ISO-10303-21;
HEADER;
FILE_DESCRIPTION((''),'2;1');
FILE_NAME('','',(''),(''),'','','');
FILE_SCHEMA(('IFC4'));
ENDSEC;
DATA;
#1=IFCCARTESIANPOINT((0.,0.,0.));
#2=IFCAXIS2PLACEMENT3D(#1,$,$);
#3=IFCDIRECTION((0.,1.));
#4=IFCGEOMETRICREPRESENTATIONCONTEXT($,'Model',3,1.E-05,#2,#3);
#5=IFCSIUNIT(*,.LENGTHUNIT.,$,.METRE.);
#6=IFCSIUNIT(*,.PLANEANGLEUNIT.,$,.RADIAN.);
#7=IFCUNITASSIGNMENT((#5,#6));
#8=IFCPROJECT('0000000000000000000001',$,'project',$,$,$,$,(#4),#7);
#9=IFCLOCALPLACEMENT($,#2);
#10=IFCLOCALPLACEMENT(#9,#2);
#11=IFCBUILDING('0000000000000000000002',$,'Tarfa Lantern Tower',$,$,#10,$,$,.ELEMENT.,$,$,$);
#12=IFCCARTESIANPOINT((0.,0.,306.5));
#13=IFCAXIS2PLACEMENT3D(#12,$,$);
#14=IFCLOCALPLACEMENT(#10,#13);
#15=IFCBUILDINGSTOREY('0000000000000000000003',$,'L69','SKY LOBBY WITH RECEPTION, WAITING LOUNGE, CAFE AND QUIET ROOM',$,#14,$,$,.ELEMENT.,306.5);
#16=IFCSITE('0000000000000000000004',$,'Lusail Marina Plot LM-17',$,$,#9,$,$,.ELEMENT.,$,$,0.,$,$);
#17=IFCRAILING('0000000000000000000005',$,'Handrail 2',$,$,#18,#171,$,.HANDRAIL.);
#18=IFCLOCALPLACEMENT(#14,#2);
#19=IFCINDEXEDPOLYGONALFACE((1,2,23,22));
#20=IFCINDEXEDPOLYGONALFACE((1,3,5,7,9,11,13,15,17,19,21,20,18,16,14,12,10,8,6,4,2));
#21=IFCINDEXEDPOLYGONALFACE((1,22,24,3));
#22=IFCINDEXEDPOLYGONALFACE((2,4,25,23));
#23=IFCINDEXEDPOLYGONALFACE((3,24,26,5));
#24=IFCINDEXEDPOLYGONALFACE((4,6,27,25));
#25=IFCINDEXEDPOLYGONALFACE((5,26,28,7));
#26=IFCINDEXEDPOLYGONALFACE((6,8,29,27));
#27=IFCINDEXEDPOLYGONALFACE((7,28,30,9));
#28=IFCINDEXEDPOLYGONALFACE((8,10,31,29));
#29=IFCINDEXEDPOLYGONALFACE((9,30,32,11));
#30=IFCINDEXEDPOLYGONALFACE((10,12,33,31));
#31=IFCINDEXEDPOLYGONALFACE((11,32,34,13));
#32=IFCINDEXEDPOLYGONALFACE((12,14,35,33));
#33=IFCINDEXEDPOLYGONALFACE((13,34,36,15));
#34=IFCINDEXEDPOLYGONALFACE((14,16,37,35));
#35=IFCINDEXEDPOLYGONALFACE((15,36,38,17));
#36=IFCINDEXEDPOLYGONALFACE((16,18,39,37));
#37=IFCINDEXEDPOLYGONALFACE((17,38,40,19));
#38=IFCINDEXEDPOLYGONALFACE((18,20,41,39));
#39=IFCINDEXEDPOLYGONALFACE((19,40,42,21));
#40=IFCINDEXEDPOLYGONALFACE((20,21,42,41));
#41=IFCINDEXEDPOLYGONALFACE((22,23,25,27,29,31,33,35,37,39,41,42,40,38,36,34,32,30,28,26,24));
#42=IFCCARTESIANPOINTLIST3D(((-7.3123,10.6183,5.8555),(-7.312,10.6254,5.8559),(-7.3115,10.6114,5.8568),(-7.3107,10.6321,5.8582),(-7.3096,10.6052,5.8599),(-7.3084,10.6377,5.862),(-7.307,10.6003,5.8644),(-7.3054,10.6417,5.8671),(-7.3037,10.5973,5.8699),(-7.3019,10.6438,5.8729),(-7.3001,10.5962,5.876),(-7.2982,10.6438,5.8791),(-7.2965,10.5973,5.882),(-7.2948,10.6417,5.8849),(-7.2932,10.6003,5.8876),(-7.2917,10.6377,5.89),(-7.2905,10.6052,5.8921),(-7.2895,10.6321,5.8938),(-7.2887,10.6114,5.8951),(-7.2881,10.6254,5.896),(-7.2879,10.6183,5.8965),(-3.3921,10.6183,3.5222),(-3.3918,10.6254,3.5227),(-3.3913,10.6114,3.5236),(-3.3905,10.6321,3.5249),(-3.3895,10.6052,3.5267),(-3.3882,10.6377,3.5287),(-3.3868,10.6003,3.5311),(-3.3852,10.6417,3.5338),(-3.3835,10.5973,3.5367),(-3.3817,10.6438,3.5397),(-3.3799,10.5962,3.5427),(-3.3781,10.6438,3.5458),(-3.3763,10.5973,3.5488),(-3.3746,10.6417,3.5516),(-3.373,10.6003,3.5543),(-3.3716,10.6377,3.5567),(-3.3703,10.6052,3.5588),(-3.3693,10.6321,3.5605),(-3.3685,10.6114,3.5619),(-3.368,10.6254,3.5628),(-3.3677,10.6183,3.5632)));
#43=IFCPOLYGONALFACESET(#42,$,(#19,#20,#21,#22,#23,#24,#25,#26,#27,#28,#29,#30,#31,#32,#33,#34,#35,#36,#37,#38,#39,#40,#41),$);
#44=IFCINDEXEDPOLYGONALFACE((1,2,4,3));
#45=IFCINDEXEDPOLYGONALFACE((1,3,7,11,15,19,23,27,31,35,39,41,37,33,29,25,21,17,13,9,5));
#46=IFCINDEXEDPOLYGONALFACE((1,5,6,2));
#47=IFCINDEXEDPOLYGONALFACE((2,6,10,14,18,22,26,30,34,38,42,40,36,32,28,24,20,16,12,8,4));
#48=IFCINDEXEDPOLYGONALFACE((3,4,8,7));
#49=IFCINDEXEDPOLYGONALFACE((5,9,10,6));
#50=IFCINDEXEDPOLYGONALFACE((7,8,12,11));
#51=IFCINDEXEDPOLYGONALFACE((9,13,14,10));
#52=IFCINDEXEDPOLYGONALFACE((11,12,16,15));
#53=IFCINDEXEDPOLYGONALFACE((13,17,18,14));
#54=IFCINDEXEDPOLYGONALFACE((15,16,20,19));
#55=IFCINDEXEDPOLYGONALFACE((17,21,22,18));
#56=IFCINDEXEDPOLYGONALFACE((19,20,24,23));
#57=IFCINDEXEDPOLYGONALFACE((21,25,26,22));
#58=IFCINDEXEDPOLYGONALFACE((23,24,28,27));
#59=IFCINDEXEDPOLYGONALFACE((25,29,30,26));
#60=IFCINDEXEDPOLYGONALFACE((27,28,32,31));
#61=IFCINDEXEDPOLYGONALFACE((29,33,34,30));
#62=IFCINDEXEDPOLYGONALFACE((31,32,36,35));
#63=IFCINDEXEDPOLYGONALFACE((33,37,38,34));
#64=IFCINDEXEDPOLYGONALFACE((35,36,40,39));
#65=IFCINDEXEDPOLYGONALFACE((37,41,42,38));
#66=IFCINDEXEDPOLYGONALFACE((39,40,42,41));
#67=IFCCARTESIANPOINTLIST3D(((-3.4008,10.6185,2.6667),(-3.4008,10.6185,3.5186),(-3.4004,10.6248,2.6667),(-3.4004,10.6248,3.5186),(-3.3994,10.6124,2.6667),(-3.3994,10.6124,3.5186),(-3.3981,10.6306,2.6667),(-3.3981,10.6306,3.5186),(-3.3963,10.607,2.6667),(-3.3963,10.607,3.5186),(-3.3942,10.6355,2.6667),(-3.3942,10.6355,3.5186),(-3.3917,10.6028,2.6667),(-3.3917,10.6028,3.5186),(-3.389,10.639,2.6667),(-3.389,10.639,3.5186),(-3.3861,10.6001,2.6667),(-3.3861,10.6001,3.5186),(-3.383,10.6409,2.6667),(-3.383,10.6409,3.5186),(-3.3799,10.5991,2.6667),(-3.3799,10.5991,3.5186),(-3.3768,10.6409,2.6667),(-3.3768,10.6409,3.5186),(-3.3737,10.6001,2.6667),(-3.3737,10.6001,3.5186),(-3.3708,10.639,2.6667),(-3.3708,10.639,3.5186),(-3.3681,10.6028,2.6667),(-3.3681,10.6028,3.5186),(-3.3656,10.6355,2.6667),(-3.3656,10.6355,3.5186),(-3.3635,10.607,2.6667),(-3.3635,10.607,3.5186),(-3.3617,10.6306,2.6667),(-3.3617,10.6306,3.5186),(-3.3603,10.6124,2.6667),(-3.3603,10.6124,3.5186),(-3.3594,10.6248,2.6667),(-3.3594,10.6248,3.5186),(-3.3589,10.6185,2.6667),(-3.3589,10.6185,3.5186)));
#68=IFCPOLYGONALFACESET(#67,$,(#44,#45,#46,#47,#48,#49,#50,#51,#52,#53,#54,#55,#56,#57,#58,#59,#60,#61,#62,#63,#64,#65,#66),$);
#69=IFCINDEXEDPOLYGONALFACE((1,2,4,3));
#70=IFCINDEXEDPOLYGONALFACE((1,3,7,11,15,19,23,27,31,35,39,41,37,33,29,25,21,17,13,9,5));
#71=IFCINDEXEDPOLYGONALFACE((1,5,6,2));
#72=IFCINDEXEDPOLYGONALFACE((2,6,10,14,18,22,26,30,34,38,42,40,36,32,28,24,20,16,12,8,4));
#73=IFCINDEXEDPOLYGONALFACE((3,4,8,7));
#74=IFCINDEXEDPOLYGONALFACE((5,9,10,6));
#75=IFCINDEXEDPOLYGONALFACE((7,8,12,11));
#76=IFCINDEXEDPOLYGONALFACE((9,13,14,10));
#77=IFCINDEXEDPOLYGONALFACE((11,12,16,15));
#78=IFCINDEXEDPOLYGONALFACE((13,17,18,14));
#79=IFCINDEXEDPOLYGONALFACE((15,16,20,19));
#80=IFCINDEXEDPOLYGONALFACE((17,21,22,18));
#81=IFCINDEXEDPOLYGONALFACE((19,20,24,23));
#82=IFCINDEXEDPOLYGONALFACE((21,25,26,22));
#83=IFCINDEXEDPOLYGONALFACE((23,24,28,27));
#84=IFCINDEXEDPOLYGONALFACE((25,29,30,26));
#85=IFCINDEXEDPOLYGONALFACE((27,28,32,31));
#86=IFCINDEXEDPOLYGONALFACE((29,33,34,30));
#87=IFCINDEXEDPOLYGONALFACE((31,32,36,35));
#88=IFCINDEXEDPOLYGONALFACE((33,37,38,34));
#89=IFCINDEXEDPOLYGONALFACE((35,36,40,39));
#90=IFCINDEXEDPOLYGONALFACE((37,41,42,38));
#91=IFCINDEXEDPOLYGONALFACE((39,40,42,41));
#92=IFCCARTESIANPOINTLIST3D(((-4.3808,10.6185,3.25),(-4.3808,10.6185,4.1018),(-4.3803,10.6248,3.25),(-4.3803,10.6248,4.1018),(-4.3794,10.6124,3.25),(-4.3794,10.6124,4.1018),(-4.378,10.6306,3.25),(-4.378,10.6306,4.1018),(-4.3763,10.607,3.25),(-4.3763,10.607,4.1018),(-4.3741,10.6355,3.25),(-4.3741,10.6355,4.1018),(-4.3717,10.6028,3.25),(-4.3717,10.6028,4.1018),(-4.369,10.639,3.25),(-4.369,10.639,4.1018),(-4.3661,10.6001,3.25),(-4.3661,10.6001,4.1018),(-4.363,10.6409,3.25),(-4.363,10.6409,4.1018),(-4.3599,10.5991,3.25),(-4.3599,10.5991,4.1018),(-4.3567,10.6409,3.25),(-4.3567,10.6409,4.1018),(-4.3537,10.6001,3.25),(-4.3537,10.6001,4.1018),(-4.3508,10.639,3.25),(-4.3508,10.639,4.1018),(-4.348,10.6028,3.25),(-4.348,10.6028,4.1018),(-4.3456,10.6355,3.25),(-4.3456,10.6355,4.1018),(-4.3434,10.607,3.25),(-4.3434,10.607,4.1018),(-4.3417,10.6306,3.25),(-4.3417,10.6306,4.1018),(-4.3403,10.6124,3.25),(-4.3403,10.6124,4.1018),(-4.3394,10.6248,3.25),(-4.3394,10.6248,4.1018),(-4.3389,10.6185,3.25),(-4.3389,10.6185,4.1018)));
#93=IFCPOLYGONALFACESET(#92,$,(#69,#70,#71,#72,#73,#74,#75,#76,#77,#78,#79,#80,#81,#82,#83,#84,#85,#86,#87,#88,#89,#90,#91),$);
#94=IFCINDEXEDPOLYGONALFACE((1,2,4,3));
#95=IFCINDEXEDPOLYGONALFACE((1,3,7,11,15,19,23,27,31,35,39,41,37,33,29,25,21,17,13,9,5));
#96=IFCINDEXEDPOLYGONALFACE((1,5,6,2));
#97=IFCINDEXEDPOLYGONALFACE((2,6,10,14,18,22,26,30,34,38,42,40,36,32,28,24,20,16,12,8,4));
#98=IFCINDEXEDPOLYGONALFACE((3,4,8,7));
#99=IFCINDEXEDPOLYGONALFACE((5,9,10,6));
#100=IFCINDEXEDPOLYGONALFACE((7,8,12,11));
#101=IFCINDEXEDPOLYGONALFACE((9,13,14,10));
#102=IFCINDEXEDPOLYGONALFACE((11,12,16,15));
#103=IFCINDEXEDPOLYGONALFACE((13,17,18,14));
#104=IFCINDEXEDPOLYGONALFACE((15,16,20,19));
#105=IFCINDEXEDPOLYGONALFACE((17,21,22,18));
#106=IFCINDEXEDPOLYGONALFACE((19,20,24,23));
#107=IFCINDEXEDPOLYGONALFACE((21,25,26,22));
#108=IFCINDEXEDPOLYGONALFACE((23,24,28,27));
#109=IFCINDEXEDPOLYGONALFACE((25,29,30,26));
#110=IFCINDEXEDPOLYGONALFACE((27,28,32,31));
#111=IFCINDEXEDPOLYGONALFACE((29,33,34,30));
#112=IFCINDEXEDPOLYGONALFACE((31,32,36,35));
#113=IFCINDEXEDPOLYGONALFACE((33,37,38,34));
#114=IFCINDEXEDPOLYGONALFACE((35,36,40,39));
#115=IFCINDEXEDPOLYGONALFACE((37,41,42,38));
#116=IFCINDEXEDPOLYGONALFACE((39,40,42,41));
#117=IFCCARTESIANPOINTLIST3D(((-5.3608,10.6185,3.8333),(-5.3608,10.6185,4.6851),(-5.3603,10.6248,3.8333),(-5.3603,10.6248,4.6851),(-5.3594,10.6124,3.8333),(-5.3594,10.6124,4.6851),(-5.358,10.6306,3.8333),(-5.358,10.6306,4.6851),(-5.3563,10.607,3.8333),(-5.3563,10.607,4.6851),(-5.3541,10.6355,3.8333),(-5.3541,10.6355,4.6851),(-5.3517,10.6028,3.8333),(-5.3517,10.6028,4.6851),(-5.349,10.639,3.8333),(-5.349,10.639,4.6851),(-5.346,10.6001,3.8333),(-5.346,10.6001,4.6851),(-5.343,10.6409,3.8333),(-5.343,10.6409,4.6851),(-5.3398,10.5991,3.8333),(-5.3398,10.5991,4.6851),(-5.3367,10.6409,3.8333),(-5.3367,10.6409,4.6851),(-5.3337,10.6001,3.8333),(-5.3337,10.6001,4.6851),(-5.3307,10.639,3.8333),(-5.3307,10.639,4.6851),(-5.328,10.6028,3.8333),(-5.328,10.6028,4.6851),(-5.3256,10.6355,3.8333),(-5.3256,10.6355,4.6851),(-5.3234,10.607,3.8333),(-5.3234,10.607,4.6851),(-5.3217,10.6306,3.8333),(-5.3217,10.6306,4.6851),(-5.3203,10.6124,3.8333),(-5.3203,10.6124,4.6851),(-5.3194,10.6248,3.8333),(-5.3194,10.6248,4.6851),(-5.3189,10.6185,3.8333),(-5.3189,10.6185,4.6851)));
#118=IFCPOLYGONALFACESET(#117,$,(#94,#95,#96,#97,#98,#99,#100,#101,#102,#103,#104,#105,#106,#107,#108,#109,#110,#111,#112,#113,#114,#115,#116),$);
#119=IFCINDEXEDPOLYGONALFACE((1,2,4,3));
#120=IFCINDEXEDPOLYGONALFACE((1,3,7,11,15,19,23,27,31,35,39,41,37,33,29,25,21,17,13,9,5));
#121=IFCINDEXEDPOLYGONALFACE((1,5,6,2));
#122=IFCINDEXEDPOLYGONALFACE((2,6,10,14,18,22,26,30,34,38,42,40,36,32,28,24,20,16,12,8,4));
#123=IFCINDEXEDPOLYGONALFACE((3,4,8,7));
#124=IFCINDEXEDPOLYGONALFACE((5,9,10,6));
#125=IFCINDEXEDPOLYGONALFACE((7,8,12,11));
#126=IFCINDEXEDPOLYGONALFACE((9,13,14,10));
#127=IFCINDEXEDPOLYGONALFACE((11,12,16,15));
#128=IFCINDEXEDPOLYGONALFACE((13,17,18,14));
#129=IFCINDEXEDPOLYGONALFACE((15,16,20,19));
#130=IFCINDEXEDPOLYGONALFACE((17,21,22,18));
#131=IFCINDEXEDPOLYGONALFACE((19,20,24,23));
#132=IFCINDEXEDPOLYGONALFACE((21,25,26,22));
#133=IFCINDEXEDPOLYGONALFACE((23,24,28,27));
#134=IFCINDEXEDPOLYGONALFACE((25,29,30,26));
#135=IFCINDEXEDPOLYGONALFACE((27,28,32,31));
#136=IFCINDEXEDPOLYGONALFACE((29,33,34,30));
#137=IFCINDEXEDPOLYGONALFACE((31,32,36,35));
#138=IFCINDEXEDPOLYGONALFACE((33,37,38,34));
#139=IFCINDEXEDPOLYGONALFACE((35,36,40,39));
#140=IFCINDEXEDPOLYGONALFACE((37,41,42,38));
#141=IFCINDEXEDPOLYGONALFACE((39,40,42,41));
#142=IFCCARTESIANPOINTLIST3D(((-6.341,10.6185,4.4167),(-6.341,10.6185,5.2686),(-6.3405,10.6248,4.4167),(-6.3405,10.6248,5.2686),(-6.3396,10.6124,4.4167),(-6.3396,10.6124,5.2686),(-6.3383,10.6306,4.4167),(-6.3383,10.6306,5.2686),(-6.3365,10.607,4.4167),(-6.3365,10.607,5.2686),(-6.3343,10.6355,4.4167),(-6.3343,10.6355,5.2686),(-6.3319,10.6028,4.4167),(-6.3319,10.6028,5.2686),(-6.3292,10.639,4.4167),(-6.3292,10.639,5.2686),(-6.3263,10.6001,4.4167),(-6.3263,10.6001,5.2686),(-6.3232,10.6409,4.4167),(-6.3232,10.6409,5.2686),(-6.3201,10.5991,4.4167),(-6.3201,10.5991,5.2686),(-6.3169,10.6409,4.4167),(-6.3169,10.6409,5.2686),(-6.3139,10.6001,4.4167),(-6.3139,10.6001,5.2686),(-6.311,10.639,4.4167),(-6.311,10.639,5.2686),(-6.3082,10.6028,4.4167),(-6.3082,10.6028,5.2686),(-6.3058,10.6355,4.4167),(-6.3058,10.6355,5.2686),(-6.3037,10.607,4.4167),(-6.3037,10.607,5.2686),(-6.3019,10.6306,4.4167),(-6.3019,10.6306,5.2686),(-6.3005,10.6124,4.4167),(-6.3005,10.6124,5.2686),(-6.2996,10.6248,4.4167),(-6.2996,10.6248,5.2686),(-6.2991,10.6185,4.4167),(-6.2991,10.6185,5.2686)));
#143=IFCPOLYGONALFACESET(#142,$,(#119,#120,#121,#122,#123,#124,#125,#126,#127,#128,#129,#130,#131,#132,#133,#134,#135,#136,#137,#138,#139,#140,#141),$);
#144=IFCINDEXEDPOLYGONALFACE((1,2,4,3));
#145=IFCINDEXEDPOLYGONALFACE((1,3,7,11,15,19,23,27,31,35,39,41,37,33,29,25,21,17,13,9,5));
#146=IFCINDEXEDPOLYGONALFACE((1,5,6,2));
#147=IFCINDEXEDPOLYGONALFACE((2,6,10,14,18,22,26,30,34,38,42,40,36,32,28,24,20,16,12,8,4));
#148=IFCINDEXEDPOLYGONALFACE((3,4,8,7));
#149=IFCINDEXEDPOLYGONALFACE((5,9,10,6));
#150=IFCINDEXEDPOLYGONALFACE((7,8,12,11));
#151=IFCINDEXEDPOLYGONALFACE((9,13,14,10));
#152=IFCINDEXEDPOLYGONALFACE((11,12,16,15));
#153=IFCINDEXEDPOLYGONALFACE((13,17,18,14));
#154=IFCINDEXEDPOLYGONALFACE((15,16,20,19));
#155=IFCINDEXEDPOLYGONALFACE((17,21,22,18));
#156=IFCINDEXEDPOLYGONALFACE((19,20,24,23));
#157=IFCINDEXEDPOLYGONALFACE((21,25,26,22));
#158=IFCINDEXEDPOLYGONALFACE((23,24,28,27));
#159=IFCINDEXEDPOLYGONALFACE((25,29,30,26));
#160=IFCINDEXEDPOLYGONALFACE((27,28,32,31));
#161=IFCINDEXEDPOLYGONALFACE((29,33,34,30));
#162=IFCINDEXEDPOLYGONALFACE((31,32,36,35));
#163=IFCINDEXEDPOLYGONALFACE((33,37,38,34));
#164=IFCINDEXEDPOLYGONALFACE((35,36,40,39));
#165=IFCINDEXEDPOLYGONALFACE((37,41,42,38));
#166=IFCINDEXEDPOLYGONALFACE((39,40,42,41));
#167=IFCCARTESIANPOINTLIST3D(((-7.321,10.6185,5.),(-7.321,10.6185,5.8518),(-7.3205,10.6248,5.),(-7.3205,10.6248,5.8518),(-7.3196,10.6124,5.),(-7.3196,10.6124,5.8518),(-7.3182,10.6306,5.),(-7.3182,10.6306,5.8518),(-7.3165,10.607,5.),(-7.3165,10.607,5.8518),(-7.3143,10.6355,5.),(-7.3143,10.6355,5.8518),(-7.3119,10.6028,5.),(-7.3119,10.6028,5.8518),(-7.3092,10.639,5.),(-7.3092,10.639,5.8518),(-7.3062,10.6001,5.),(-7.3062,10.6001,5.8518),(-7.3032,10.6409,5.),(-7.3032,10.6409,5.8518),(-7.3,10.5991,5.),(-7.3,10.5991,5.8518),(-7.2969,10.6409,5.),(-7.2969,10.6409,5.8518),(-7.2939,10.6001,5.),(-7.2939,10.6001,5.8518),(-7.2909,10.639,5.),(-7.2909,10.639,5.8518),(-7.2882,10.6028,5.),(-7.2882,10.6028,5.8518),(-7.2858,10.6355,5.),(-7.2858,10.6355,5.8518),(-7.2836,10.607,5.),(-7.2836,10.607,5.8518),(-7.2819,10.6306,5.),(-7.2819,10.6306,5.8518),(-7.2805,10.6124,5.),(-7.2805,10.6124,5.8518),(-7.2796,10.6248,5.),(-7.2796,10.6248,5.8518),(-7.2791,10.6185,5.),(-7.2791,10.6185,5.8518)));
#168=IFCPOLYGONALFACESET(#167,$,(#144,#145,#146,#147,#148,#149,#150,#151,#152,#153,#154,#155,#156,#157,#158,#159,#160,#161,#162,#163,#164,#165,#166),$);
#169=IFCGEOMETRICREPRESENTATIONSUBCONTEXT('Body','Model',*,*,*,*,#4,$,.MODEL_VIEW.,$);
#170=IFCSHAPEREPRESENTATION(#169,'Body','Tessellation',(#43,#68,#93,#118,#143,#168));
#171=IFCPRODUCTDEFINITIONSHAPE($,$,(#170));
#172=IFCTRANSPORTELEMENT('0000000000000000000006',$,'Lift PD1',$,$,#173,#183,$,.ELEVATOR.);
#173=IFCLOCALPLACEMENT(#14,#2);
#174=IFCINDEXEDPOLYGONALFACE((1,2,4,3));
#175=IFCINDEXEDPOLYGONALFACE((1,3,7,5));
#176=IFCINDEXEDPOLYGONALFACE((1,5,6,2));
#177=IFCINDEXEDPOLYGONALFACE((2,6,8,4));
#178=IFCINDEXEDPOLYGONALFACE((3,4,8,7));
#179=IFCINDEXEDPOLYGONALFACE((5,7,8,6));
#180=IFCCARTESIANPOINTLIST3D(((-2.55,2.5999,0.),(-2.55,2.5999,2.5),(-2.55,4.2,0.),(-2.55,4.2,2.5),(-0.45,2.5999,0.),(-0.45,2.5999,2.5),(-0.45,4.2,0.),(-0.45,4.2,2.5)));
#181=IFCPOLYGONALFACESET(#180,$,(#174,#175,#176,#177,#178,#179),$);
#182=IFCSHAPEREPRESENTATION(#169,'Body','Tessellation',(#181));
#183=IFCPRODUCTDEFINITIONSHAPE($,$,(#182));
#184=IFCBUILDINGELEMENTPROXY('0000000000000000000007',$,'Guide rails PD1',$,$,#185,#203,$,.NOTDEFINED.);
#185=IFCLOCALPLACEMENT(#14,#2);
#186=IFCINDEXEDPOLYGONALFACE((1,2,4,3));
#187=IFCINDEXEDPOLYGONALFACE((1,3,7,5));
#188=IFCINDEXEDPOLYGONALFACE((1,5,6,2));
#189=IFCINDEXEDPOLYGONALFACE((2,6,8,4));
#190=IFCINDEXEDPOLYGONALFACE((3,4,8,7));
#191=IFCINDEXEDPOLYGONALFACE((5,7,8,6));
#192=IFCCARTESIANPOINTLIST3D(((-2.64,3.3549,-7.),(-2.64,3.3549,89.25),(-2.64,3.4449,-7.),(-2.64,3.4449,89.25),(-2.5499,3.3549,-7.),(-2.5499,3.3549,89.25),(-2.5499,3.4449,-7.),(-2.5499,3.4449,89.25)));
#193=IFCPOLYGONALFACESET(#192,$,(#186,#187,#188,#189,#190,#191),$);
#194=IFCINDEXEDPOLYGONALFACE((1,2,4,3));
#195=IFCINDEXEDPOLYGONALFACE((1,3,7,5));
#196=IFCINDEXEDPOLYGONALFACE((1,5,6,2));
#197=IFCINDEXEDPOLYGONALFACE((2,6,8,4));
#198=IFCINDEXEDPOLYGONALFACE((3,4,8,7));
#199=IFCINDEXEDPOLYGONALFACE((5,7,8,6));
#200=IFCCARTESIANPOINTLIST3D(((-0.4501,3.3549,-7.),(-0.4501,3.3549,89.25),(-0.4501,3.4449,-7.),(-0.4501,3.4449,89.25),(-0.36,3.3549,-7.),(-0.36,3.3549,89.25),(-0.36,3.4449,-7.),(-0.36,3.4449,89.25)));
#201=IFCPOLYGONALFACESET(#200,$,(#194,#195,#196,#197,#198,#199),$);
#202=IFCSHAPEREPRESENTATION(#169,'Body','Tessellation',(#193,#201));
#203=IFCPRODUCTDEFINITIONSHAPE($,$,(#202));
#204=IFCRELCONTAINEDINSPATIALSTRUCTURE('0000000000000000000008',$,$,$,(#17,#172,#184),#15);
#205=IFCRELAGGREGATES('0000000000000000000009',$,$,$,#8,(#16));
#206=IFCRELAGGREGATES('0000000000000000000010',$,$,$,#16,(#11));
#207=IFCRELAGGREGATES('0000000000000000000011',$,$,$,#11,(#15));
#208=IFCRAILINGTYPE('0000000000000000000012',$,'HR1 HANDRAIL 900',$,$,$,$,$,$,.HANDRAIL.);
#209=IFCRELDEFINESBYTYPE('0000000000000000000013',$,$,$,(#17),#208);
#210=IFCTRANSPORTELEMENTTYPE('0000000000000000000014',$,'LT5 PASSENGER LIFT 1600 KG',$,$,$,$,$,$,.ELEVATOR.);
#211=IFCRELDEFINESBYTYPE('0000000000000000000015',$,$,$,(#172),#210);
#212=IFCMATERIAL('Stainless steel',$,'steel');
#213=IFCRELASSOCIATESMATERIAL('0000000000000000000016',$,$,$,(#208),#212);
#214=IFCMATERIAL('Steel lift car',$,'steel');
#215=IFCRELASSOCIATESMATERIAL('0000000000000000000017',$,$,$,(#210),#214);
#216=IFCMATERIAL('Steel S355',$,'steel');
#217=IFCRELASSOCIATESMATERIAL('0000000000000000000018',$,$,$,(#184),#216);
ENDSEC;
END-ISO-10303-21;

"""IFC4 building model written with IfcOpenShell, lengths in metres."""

from ifc_helpers import new_model, si_unit, direction, frame, frame_2d, origin, origin_2d, place, context, subcontext, project, spatial, rectangle, circle, extrude, material, type_object, element, save


model = new_model("IFC4")

# Units and contexts
model_context = context("Model", 3, precision=1e-05, world=origin(), true_north=direction((0.0, 1.0)))
body_context = subcontext(model_context, "Body", "Model", "MODEL_VIEW")
ifc_project = project(units=[si_unit("LENGTHUNIT", "METRE"), si_unit("PLANEANGLEUNIT", "RADIAN")], contexts=[model_context])

# Site, building, storey
site_placement = place(None, origin())
site = spatial("IfcSite", under=ifc_project, at=site_placement, Name="Lusail Marina Plot LM-17", CompositionType="ELEMENT", RefElevation=0.0)
building_placement = place(site_placement, origin())
building = spatial("IfcBuilding", under=site, at=building_placement, Name="Tarfa Lantern Tower", CompositionType="ELEMENT")
storey_placement = place(building_placement, frame((0.0, 0.0, 306.5)))
storey = spatial("IfcBuildingStorey", under=building, at=storey_placement, Name="L69", Description="SKY LOBBY WITH RECEPTION, WAITING LOUNGE, CAFE AND QUIET ROOM", CompositionType="ELEMENT", Elevation=306.5)

# Railing
ifc_material_1 = material(Name="Stainless steel", Category="steel")
railing_type = type_object("IfcRailingType", Name="HR1 HANDRAIL 900", PredefinedType="HANDRAIL", material=ifc_material_1)
railing_1_placement = place(storey_placement, frame((-3.3799, 10.6201, 2.6667)))
element("IfcRailing", 1, at=railing_1_placement, inside=storey, type_object=railing_type, Name="Handrail 2", PredefinedType="HANDRAIL", context=body_context, shape_type="SweptSolid", body=[
    extrude(circle(Radius=0.0239, at=origin_2d()), frame((0.0, 0.0, 0.876), z_axis=(-0.85931, 0.0, 0.511455), x_axis=(0.0, -1.0, 0.0)), (0.0, 0.0, 1.0), 4.562),
    extrude(circle(Radius=0.021, at=origin_2d()), frame((0.0, 0.0, 0.0), z_axis=(0.0, 0.0, 1.0), x_axis=(0.0, -1.0, 0.0)), (0.0, 0.0, 1.0), 0.8518),
    extrude(circle(Radius=0.021, at=origin_2d()), frame((-0.98, 0.0, 0.5833), z_axis=(0.0, 0.0, 1.0), x_axis=(0.0, -1.0, 0.0)), (0.0, 0.0, 1.0), 0.8518),
    extrude(circle(Radius=0.021, at=origin_2d()), frame((-1.96, 0.0, 1.1665), z_axis=(0.0, 0.0, 1.0), x_axis=(0.0, -1.0, 0.0)), (0.0, 0.0, 1.0), 0.8518),
    extrude(circle(Radius=0.021, at=origin_2d()), frame((-2.9402, 0.0, 1.75), z_axis=(0.0, 0.0, 1.0), x_axis=(0.0, -1.0, 0.0)), (0.0, 0.0, 1.0), 0.8518),
    extrude(circle(Radius=0.021, at=origin_2d()), frame((-3.9202, 0.0, 2.3333), z_axis=(0.0, 0.0, 1.0), x_axis=(0.0, -1.0, 0.0)), (0.0, 0.0, 1.0), 0.8518),
])

# Transport element
ifc_material_2 = material(Name="Steel lift car", Category="steel")
transport_element_type = type_object("IfcTransportElementType", Name="LT5 PASSENGER LIFT 1600 KG", PredefinedType="ELEVATOR", material=ifc_material_2)
transport_element_placement = place(storey_placement, frame((-1.5, 3.3999, 0.0), z_axis=(0.0, 0.0, 1.0), x_axis=(1.0, 0.0, 0.0)))
element("IfcTransportElement", 2, at=transport_element_placement, inside=storey, type_object=transport_element_type, Name="Lift PD1", PredefinedType="ELEVATOR", context=body_context, shape_type="SweptSolid", body=[
    extrude(rectangle(XDim=2.1001, YDim=1.6001, at=origin_2d()), origin(), (0.0, 0.0, 1.0), 2.5),
])

# Building element proxy
ifc_material_3 = material(Name="Steel S355", Category="steel")
proxy_placement = place(storey_placement, frame((-2.595, 3.3999, -7.0), z_axis=(0.0, 0.0, 1.0), x_axis=(1.0, 0.0, 0.0)))
element("IfcBuildingElementProxy", 3, at=proxy_placement, inside=storey, material=ifc_material_3, Name="Guide rails PD1", PredefinedType="NOTDEFINED", context=body_context, shape_type="SweptSolid", body=[
    extrude(rectangle(XDim=0.0901, YDim=0.0901, at=origin_2d()), origin(), (0.0, 0.0, 1.0), 96.25),
    extrude(rectangle(XDim=0.0901, YDim=0.0901, at=frame_2d((2.1899, 0.0))), origin(), (0.0, 0.0, 1.0), 96.25),
])

save(model, "model.ifc")
